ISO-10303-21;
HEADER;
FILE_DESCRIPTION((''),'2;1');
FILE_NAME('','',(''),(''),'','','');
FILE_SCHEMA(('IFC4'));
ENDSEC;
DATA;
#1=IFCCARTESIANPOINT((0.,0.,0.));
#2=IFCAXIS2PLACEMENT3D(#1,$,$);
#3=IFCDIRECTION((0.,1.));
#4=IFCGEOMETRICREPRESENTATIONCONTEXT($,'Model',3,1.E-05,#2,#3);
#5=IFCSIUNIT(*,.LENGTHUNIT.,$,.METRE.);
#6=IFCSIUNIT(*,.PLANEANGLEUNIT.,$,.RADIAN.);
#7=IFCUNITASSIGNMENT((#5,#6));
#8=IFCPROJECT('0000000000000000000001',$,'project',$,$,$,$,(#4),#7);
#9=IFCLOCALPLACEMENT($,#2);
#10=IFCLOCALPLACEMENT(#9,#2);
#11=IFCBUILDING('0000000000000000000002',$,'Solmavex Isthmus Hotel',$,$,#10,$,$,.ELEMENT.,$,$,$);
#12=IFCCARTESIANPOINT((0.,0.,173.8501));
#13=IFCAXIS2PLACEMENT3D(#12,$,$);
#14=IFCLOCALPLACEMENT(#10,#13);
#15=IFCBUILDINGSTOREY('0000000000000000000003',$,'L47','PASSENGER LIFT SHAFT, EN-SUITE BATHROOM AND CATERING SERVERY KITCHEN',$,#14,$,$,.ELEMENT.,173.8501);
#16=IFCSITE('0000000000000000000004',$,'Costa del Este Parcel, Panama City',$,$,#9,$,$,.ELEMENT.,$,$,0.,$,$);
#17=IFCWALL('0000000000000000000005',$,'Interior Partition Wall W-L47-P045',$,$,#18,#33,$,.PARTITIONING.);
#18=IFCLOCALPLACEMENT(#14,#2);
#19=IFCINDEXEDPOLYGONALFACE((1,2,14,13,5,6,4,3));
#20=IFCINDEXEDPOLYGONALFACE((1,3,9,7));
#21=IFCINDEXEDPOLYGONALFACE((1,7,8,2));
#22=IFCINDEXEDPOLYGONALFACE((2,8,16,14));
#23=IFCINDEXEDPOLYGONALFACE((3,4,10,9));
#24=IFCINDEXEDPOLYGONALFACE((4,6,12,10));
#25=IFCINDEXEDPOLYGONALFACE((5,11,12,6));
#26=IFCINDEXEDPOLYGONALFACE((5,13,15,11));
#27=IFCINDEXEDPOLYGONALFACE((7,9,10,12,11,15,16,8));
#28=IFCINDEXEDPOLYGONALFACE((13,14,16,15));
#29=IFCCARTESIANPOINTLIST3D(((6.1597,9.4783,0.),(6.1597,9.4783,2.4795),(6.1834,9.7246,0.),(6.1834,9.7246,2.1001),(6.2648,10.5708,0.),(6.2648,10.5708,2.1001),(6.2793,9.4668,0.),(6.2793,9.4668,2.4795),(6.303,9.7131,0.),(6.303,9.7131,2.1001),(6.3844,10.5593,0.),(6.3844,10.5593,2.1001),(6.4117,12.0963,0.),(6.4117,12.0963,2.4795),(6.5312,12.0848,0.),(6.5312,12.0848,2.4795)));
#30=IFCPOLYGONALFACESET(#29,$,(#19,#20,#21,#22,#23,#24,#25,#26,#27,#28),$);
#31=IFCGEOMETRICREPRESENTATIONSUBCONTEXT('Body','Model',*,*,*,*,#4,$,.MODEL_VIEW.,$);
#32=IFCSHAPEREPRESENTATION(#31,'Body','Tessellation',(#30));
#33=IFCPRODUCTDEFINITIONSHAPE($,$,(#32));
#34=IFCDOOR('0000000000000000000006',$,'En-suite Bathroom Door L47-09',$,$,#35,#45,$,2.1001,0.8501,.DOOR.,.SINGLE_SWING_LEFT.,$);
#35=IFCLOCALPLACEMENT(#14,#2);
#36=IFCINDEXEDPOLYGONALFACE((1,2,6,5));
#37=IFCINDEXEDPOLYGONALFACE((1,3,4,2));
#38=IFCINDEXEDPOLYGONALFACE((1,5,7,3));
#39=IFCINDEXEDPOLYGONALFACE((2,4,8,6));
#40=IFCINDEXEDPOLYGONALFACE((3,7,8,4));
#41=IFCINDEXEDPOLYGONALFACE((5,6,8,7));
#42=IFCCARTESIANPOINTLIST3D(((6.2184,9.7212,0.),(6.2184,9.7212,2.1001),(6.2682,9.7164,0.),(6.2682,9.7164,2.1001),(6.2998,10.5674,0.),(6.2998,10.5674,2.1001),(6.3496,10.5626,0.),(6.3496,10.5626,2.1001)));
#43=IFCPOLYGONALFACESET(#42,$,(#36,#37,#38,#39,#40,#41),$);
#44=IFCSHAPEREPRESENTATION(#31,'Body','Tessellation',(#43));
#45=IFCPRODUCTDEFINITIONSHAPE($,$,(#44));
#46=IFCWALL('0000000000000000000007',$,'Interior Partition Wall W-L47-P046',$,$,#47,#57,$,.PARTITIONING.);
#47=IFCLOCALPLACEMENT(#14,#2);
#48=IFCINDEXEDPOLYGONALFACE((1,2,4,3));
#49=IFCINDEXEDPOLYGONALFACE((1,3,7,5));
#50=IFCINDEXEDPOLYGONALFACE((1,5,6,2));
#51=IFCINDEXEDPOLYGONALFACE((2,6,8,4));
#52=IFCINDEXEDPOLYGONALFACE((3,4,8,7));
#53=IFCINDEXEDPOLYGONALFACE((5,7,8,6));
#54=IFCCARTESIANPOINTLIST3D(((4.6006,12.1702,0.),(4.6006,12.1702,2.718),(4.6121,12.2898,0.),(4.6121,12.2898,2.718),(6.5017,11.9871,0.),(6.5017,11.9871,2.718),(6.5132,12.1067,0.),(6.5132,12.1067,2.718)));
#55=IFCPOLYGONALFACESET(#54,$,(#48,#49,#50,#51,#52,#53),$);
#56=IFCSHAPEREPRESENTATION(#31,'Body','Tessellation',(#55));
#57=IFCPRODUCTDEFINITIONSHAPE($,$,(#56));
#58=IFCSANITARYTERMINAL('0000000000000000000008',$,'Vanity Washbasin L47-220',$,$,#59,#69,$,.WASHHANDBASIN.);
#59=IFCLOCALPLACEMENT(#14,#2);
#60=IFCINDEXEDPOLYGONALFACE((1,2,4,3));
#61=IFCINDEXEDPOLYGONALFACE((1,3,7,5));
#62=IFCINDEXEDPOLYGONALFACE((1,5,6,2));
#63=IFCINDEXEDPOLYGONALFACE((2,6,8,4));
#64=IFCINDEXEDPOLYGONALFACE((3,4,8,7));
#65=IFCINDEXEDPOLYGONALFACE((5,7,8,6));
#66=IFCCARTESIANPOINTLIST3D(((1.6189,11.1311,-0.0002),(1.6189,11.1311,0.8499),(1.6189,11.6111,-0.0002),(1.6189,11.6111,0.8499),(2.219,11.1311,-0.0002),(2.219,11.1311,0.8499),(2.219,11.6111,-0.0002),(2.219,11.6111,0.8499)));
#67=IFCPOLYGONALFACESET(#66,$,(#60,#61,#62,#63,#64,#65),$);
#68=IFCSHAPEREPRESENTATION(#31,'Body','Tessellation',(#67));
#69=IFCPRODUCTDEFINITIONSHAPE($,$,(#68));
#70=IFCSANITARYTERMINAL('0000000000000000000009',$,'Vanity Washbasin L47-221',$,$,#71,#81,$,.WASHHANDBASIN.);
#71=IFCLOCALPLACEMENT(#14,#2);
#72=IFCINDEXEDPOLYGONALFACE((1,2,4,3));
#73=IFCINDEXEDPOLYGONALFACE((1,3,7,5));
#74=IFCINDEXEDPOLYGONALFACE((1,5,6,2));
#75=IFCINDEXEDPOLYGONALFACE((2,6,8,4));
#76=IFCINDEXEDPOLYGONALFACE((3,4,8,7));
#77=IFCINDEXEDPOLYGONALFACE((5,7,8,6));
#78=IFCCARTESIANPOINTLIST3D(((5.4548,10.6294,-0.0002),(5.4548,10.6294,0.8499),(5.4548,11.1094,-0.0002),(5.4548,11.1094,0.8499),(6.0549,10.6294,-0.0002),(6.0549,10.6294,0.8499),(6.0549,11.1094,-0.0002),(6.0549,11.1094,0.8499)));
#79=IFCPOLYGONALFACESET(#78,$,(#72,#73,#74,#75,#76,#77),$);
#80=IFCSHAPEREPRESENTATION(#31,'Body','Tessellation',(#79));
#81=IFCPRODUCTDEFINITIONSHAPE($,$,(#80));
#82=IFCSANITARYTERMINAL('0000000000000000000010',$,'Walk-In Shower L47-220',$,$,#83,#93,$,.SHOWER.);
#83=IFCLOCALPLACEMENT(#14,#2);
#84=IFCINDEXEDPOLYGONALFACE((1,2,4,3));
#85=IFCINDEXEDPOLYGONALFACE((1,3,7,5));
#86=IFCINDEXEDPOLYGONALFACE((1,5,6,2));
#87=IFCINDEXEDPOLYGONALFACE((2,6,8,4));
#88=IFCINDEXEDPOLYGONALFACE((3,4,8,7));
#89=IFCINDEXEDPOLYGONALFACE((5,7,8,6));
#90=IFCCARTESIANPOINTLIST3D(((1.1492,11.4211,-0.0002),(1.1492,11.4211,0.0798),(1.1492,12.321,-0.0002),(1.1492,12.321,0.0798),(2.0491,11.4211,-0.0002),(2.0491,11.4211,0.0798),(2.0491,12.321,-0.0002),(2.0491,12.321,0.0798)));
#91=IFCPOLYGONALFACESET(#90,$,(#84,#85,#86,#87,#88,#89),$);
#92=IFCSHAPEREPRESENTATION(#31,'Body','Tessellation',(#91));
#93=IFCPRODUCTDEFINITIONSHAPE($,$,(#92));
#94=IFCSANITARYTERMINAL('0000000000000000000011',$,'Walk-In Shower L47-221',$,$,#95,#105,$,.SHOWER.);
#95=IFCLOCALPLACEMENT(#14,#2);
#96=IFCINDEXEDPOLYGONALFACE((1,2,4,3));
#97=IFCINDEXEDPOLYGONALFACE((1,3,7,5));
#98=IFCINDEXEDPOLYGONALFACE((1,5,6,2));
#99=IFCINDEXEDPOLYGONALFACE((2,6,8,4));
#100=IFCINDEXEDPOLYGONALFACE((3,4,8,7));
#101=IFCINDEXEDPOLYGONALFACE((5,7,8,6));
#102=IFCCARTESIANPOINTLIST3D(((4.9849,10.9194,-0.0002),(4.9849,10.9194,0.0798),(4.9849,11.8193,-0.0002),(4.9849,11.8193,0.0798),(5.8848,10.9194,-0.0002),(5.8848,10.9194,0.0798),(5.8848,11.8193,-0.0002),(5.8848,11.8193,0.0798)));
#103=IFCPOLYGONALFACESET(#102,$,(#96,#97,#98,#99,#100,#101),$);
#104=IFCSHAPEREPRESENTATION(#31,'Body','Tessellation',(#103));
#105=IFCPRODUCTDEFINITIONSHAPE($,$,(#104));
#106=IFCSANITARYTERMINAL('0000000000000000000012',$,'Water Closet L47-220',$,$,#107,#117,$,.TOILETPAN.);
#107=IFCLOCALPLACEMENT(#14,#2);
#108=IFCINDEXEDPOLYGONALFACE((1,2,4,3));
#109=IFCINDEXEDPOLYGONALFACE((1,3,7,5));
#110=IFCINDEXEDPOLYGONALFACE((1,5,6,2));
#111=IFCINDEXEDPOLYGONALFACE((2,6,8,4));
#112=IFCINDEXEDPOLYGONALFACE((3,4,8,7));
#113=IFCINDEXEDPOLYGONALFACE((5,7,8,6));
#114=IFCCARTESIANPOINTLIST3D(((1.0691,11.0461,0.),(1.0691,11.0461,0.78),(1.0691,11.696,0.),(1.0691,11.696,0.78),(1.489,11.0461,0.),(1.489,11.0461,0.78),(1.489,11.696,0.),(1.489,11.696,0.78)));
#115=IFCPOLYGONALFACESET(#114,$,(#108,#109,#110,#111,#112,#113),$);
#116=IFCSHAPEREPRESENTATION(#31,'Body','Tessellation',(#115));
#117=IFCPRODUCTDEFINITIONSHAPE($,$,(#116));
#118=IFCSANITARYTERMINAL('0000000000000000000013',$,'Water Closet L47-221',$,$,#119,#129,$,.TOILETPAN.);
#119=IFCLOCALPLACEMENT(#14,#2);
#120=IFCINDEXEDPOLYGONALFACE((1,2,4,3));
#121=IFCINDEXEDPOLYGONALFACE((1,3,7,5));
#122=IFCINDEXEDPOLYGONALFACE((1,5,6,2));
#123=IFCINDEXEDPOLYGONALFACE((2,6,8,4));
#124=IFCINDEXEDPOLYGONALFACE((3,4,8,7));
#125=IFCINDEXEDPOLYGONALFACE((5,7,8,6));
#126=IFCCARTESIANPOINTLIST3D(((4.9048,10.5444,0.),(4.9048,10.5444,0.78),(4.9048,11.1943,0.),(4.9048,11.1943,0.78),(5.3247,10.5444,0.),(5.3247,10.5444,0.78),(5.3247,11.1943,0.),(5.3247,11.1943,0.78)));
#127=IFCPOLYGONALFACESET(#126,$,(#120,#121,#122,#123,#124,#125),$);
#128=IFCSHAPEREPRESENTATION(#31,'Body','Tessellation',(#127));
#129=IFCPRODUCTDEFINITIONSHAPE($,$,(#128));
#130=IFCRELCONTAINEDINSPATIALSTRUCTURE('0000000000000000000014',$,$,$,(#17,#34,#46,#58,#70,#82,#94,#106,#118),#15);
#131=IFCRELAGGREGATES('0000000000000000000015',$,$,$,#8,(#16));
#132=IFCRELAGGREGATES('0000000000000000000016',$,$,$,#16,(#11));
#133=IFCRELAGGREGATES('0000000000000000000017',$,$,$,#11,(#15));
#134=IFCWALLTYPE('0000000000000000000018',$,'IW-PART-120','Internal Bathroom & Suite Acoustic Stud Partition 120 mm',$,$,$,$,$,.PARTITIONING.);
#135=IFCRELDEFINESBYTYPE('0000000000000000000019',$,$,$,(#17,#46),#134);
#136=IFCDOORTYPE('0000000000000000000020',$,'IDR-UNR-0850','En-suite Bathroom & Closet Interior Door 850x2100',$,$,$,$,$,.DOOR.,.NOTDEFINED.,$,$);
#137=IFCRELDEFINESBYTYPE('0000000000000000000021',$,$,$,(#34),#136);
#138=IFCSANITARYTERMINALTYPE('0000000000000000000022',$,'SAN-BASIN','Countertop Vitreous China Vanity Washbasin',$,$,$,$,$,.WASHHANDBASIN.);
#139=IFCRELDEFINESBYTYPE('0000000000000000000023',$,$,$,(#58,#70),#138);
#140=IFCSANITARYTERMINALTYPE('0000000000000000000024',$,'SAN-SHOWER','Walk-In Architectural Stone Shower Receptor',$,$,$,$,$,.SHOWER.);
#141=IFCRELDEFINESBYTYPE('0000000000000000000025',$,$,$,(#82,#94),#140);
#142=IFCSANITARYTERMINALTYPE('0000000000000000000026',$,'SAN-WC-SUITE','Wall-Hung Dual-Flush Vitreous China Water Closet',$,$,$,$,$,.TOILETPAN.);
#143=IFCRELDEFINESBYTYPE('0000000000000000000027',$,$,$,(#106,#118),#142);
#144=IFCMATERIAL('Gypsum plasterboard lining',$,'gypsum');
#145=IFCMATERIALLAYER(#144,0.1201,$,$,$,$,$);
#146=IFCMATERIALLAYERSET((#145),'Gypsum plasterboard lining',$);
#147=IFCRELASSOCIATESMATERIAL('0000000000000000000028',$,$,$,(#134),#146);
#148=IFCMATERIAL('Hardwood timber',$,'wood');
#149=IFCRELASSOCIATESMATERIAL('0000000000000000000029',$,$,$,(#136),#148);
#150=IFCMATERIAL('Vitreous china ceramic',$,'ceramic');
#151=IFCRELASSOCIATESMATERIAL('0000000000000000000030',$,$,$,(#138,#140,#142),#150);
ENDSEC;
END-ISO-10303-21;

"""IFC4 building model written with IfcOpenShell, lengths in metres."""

from ifc_helpers import new_model, si_unit, direction, frame, frame_2d, origin, origin_2d, place, context, subcontext, project, spatial, rectangle, extrude, material, layer, layer_set, type_object, element, fill, save


model = new_model("IFC4")

# Units and contexts
model_context = context("Model", 3, precision=1e-05, world=origin(), true_north=direction((0.0, 1.0)))
body_context = subcontext(model_context, "Body", "Model", "MODEL_VIEW")
ifc_project = project(units=[si_unit("LENGTHUNIT", "METRE"), si_unit("PLANEANGLEUNIT", "RADIAN")], contexts=[model_context])

# Site, building, storey
site_placement = place(None, origin())
site = spatial("IfcSite", under=ifc_project, at=site_placement, Name="Costa del Este Parcel, Panama City", CompositionType="ELEMENT", RefElevation=0.0)
building_placement = place(site_placement, origin())
building = spatial("IfcBuilding", under=site, at=building_placement, Name="Solmavex Isthmus Hotel", CompositionType="ELEMENT")
storey_placement = place(building_placement, frame((0.0, 0.0, 173.8501)))
storey = spatial("IfcBuildingStorey", under=building, at=storey_placement, Name="L47", Description="PASSENGER LIFT SHAFT, EN-SUITE BATHROOM AND CATERING SERVERY KITCHEN", CompositionType="ELEMENT", Elevation=173.8501)

# Shared definitions
ifc_material_1 = material(Name="Gypsum plasterboard lining", Category="gypsum")

# Shared definitions
ifc_material_2 = material(Name="Hardwood timber", Category="wood")

# Shared definitions
ifc_layer_1 = layer(ifc_material_1, 0.1201)
ifc_layer_set_1 = layer_set([ifc_layer_1], Name="Gypsum plasterboard lining")
wall_type_1 = type_object("IfcWallType", Name="IW-PART-120", Description="Internal Bathroom & Suite Acoustic Stud Partition 120 mm", PredefinedType="PARTITIONING", material=ifc_layer_set_1)

# Shared definitions
door_type_1 = type_object("IfcDoorType", Name="IDR-UNR-0850", Description="En-suite Bathroom & Closet Interior Door 850x2100", OperationType="NOTDEFINED", PredefinedType="DOOR", material=ifc_material_2)

# Wall, opening, door
wall_1_placement = place(storey_placement, frame((6.2195, 9.4727, 0.0), z_axis=(0.0, 0.0, 1.0), x_axis=(0.095799, 0.995401, 0.0)))
wall_1 = element("IfcWall", 1, at=wall_1_placement, inside=storey, type_object=wall_type_1, Name="Interior Partition Wall W-L47-P045", PredefinedType="PARTITIONING", context=body_context, shape_type="SweptSolid", body=[
    extrude(rectangle(XDim=2.6301, YDim=0.1201, at=frame_2d((1.3149, 0.0))), origin(), (0.0, 0.0, 1.0), 2.4795),
])
opening_1_placement = place(wall_1_placement, frame((0.2473, 0.0, 0.0)))
opening_1 = element("IfcOpeningElement", 2, at=opening_1_placement, cuts=wall_1, PredefinedType="OPENING", context=body_context, shape_type="SweptSolid", body=[
    extrude(rectangle(XDim=0.8501, YDim=2.1001, at=frame_2d((0.425, 1.05))), frame((0.0, 0.0701, 0.0), z_axis=(0.0, -1.0, 0.0), x_axis=(1.0, 0.0, 0.0)), (0.0, 0.0, 1.0), 0.1401),
])
door_1_placement = place(opening_1_placement, origin())
door_1 = element("IfcDoor", 3, at=door_1_placement, inside=storey, type_object=door_type_1, Name="En-suite Bathroom Door L47-09", OperationType="SINGLE_SWING_LEFT", OverallHeight=2.1001, OverallWidth=0.8501, PredefinedType="DOOR", context=body_context, shape_type="SweptSolid", body=[
    extrude(rectangle(XDim=0.8501, YDim=2.1001, at=frame_2d((0.425, 1.05))), frame((0.0, 0.0249, 0.0), z_axis=(0.0, -1.0, 0.0), x_axis=(1.0, 0.0, 0.0)), (0.0, 0.0, 1.0), 0.05),
])
fill(opening_1, door_1)

# Wall
wall_2_placement = place(storey_placement, frame((6.5076, 12.0469, 0.0), z_axis=(0.0, 0.0, 1.0), x_axis=(-0.995394, 0.095871, 0.0)))
element("IfcWall", 4, at=wall_2_placement, inside=storey, type_object=wall_type_1, Name="Interior Partition Wall W-L47-P046", PredefinedType="PARTITIONING", context=body_context, shape_type="SweptSolid", body=[
    extrude(rectangle(XDim=1.9099, YDim=0.1201, at=frame_2d((0.9551, 0.0))), origin(), (0.0, 0.0, 1.0), 2.718),
])

# Sanitary terminals
ifc_material_3 = material(Name="Vitreous china ceramic", Category="ceramic")
sanitary_terminal_type_1 = type_object("IfcSanitaryTerminalType", Name="SAN-BASIN", Description="Countertop Vitreous China Vanity Washbasin", PredefinedType="WASHHANDBASIN", material=ifc_material_3)
for number, where, z_axis, x_axis, name in (
    (5, (1.9189, 11.3711, -0.0002), (0.0, 0.0, 1.0), (1.0, 0.0, 0.0), "Vanity Washbasin L47-220"),
    (6, (5.7549, 10.8694, -0.0002), (0.0, 0.0, 1.0), (1.0, 0.0, 0.0), "Vanity Washbasin L47-221"),
):
    element("IfcSanitaryTerminal", number, at=place(storey_placement, frame(where, z_axis=z_axis, x_axis=x_axis)), inside=storey, type_object=sanitary_terminal_type_1, Name=name, PredefinedType="WASHHANDBASIN", context=body_context, shape_type="SweptSolid", body=[
        extrude(rectangle(XDim=0.6001, YDim=0.48, at=origin_2d()), origin(), (0.0, 0.0, 1.0), 0.8501),
    ])
sanitary_terminal_type_2 = type_object("IfcSanitaryTerminalType", Name="SAN-SHOWER", Description="Walk-In Architectural Stone Shower Receptor", PredefinedType="SHOWER", material=ifc_material_3)
for number, where, z_axis, x_axis, name in (
    (7, (1.5991, 11.8711, -0.0002), (0.0, 0.0, 1.0), (1.0, 0.0, 0.0), "Walk-In Shower L47-220"),
    (8, (5.4348, 11.3694, -0.0002), (0.0, 0.0, 1.0), (1.0, 0.0, 0.0), "Walk-In Shower L47-221"),
):
    element("IfcSanitaryTerminal", number, at=place(storey_placement, frame(where, z_axis=z_axis, x_axis=x_axis)), inside=storey, type_object=sanitary_terminal_type_2, Name=name, PredefinedType="SHOWER", context=body_context, shape_type="SweptSolid", body=[
        extrude(rectangle(XDim=0.8999, YDim=0.8999, at=origin_2d()), origin(), (0.0, 0.0, 1.0), 0.0801),
    ])
sanitary_terminal_type_3 = type_object("IfcSanitaryTerminalType", Name="SAN-WC-SUITE", Description="Wall-Hung Dual-Flush Vitreous China Water Closet", PredefinedType="TOILETPAN", material=ifc_material_3)
for number, where, z_axis, x_axis, name in (
    (9, (1.2791, 11.3711, 0.0), (0.0, 0.0, 1.0), (1.0, 0.0, 0.0), "Water Closet L47-220"),
    (10, (5.1147, 10.8694, 0.0), (0.0, 0.0, 1.0), (1.0, 0.0, 0.0), "Water Closet L47-221"),
):
    element("IfcSanitaryTerminal", number, at=place(storey_placement, frame(where, z_axis=z_axis, x_axis=x_axis)), inside=storey, type_object=sanitary_terminal_type_3, Name=name, PredefinedType="TOILETPAN", context=body_context, shape_type="SweptSolid", body=[
        extrude(rectangle(XDim=0.4199, YDim=0.6499, at=origin_2d()), origin(), (0.0, 0.0, 1.0), 0.78),
    ])

save(model, "model.ifc")
